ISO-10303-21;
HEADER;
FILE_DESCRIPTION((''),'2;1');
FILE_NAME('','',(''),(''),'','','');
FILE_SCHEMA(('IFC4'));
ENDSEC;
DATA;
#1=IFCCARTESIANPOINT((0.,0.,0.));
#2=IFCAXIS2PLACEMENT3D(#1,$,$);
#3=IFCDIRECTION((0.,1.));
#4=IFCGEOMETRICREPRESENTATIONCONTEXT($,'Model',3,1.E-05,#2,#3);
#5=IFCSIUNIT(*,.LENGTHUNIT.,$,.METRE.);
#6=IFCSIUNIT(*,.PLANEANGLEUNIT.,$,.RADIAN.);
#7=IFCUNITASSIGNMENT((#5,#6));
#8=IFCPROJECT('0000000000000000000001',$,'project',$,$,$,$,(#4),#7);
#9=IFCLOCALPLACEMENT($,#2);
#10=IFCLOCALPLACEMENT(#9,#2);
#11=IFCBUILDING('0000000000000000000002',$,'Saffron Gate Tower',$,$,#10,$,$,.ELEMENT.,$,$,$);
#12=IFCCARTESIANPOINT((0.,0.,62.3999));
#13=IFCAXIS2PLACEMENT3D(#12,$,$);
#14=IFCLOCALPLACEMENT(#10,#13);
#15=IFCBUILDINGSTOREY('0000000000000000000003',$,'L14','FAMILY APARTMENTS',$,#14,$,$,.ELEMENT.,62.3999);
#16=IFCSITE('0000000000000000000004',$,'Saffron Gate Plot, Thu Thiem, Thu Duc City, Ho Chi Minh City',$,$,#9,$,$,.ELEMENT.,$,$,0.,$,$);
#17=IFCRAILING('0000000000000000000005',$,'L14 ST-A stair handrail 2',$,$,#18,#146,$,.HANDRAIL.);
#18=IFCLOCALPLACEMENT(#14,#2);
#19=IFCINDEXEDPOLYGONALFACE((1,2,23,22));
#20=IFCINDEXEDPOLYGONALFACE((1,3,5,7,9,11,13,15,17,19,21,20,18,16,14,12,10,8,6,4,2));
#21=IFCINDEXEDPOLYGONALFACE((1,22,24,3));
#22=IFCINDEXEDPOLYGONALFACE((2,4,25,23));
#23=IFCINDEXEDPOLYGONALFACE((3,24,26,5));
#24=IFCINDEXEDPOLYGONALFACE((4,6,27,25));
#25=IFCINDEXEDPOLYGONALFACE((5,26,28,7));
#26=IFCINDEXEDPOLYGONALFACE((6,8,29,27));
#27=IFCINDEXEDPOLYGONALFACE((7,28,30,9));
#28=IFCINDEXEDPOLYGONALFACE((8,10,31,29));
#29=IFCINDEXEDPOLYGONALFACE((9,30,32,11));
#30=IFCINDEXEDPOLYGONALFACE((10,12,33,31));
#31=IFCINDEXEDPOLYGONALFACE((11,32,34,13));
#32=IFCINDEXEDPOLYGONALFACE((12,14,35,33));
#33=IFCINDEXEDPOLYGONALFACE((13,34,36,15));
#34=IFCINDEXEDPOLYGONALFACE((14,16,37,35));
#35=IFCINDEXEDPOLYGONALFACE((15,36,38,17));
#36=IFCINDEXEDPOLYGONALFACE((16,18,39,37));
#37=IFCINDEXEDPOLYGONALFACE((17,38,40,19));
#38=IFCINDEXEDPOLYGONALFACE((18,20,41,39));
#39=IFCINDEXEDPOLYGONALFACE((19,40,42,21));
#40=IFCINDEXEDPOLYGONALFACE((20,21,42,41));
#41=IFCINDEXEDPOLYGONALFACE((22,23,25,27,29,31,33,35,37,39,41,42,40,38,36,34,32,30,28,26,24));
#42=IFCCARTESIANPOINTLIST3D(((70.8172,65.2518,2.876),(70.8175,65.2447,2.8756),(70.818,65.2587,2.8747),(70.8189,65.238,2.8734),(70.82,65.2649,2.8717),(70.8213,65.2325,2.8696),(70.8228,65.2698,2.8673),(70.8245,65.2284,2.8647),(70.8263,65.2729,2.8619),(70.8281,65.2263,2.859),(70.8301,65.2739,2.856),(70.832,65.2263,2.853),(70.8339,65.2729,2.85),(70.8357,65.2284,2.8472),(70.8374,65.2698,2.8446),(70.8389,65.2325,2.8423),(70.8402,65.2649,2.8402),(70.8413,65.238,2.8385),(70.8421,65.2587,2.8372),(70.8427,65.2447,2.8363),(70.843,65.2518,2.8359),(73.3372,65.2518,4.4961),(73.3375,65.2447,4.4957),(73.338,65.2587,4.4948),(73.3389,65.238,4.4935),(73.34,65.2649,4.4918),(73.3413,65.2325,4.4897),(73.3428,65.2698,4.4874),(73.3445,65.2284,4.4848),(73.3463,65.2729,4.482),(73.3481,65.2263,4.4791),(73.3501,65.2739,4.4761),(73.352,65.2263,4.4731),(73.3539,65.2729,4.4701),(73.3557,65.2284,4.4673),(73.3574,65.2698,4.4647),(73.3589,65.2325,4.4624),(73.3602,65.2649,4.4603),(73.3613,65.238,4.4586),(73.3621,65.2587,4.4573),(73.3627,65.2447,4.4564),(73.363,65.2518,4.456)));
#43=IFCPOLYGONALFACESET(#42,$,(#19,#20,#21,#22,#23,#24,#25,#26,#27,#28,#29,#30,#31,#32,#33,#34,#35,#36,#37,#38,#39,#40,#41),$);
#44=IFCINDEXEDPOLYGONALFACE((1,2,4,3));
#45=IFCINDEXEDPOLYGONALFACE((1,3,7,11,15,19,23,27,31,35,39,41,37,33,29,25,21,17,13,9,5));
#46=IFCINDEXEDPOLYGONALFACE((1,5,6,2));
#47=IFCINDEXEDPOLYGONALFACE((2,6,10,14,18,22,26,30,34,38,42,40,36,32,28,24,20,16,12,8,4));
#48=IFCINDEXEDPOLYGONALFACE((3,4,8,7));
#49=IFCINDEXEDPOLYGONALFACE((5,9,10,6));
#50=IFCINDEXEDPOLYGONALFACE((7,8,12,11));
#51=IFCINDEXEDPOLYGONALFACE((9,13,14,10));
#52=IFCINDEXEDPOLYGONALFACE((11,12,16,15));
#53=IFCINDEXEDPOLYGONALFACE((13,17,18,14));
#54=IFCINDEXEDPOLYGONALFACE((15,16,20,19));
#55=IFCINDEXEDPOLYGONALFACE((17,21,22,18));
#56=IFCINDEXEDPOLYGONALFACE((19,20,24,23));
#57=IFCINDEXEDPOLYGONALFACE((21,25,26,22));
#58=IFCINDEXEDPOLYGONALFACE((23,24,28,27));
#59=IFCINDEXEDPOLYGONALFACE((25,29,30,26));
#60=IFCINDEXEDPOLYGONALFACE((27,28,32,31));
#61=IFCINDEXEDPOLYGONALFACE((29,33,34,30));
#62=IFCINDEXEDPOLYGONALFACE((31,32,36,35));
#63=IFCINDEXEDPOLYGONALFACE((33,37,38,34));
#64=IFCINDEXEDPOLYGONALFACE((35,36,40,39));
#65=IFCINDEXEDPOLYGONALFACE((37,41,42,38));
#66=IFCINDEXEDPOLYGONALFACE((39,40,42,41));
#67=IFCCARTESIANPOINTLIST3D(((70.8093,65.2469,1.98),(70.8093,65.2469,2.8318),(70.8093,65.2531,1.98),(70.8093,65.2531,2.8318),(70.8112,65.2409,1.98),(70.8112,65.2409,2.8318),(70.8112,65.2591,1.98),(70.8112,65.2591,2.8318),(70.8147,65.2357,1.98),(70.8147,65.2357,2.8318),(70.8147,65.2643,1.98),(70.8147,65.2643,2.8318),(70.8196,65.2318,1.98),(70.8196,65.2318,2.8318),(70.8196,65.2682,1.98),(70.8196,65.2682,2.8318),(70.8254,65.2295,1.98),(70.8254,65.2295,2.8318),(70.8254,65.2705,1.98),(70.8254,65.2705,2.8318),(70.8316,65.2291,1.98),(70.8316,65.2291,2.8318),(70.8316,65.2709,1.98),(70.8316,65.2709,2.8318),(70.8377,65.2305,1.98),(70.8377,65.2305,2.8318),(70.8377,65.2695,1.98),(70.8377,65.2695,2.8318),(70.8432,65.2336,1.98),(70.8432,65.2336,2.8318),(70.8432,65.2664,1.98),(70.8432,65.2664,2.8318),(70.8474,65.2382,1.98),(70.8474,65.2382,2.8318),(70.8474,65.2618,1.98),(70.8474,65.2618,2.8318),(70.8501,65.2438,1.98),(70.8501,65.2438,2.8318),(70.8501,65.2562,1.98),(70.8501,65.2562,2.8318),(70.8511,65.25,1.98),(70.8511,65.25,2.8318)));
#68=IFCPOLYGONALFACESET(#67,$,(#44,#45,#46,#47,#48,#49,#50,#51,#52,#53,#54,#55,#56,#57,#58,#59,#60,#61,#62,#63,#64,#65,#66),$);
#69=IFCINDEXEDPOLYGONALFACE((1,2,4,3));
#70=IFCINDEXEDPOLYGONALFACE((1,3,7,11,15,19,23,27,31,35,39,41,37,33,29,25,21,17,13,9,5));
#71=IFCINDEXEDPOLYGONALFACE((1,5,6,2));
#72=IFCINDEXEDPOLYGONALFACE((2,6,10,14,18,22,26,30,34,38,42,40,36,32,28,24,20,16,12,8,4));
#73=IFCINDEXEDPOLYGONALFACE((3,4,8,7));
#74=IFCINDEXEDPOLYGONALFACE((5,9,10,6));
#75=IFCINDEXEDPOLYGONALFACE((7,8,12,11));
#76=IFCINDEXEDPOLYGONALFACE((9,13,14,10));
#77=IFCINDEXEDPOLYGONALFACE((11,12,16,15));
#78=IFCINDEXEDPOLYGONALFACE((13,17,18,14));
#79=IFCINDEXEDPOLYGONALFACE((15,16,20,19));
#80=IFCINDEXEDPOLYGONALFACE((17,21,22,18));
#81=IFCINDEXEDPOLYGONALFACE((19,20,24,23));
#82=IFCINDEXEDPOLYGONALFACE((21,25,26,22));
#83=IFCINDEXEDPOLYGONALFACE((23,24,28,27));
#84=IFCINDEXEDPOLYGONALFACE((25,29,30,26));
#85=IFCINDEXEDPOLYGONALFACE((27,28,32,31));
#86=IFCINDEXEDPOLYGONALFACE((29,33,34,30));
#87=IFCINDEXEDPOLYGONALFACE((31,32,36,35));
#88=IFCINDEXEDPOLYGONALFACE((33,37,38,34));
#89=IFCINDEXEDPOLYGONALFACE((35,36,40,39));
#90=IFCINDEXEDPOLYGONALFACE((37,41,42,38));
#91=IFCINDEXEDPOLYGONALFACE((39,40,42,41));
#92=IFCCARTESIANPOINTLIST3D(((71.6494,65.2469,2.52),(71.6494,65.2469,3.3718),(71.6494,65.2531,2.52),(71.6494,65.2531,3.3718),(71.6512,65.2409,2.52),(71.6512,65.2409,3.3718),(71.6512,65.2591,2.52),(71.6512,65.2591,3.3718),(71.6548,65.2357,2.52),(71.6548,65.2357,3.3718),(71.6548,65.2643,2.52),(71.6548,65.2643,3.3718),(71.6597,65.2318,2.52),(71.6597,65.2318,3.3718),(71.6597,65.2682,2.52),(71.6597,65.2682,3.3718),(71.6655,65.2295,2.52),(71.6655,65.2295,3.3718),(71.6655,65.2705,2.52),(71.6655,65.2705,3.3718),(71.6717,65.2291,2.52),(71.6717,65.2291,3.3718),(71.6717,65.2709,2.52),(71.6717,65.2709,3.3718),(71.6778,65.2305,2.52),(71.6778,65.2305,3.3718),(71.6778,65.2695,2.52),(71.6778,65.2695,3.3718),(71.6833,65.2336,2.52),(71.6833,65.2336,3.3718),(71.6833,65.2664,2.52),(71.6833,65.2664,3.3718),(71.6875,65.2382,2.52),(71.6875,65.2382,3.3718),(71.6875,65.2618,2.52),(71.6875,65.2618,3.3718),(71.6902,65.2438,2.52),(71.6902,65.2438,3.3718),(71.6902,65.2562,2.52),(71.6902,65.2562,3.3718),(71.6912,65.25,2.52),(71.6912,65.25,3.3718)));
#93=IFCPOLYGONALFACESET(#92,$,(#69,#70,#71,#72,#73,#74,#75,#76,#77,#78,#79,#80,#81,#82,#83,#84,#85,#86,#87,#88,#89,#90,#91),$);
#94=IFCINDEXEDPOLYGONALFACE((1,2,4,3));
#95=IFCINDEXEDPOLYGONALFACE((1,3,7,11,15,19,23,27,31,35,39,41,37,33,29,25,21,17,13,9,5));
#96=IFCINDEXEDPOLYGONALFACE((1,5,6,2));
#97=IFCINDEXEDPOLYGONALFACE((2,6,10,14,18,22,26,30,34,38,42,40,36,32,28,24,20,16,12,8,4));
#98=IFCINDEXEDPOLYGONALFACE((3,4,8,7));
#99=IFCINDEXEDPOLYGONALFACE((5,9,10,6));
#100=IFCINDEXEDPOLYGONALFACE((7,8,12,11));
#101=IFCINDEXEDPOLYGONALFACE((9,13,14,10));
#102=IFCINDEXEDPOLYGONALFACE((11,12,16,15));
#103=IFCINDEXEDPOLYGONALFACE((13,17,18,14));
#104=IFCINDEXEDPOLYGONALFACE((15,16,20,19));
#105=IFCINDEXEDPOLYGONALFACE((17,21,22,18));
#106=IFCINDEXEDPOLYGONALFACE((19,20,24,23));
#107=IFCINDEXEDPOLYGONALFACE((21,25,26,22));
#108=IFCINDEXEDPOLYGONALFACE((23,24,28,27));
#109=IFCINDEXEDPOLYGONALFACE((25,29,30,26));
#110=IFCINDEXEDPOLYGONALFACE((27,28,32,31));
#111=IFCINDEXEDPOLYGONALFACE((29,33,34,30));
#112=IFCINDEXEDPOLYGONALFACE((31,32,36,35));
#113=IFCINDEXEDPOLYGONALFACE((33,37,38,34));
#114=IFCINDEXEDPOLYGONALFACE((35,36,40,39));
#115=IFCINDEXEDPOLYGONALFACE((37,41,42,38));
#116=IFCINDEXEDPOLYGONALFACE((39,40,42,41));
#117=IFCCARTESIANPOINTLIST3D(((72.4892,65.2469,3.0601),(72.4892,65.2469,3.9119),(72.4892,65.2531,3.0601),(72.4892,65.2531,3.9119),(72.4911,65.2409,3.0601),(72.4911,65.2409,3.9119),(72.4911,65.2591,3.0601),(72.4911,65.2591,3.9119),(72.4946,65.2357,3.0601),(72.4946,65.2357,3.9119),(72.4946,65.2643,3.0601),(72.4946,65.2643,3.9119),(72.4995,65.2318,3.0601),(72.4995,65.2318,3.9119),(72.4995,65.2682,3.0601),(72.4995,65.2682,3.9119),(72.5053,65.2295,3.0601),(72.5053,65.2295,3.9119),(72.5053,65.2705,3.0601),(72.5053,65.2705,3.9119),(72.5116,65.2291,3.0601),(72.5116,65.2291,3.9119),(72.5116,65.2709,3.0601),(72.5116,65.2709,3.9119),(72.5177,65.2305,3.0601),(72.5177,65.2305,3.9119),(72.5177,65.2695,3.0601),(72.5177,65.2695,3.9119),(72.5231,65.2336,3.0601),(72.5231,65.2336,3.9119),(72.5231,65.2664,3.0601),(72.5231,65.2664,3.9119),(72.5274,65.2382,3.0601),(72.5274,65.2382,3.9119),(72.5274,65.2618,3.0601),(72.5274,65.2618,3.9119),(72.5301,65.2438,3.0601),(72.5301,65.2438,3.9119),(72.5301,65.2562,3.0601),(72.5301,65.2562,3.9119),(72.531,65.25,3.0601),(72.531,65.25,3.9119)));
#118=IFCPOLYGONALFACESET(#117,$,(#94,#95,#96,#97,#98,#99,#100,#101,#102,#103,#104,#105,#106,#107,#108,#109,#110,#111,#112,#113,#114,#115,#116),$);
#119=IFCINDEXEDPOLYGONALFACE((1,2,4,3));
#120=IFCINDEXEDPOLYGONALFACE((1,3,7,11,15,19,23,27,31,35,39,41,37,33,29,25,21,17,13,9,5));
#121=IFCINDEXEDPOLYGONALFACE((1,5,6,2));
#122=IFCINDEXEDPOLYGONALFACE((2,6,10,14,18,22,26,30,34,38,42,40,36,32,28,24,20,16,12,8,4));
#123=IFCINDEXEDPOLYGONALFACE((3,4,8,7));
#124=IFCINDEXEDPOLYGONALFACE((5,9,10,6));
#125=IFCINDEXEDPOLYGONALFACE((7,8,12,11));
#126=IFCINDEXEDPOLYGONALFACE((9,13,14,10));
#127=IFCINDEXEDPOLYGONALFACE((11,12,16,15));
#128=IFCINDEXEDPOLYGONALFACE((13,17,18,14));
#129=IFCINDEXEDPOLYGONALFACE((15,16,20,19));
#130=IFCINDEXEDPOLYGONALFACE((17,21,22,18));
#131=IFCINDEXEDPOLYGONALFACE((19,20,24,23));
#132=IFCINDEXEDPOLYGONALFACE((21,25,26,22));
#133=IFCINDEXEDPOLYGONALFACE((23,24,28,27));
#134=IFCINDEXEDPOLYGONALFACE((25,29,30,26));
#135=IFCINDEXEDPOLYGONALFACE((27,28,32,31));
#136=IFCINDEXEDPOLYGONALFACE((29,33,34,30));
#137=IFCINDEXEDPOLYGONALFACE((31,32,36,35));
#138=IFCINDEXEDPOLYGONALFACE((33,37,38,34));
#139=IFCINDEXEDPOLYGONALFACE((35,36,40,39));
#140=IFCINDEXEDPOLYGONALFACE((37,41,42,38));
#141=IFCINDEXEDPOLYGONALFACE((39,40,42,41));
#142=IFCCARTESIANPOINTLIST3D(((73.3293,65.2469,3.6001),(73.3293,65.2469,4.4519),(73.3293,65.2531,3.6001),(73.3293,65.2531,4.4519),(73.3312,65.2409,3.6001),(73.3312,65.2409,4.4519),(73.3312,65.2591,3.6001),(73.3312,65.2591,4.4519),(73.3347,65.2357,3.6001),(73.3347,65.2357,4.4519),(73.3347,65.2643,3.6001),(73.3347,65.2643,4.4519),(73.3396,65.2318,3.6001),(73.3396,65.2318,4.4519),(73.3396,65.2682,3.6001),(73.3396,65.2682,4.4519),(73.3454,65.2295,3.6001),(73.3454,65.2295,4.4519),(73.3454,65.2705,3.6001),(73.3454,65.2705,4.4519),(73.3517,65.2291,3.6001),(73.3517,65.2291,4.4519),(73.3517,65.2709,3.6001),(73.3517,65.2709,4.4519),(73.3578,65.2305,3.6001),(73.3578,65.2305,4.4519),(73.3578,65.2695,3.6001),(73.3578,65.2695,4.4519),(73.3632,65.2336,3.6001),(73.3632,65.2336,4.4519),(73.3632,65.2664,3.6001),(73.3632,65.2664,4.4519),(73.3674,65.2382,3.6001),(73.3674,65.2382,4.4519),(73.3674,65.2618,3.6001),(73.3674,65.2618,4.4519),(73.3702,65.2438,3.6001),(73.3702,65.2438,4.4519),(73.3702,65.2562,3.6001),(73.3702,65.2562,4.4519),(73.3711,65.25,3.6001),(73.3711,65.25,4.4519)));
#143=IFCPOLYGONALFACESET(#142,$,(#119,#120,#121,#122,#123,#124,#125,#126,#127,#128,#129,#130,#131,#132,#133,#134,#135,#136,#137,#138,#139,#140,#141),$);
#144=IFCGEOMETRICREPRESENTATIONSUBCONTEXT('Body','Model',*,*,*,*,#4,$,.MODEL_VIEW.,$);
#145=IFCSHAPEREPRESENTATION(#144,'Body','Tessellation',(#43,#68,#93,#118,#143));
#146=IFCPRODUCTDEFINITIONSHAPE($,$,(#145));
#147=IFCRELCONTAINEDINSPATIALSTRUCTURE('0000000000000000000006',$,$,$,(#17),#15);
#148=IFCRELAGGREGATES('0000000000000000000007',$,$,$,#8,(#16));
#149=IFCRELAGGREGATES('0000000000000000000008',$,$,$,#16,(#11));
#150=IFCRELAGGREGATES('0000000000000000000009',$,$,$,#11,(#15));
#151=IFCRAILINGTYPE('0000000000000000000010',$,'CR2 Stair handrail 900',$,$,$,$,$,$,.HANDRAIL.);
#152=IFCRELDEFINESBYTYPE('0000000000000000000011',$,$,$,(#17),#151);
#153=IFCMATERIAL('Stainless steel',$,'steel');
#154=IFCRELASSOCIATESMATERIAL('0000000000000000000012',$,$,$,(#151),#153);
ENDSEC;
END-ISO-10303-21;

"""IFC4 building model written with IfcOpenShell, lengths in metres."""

from ifc_helpers import new_model, si_unit, direction, frame, origin, origin_2d, place, context, subcontext, project, spatial, circle, extrude, material, type_object, element, save


model = new_model("IFC4")

# Units and contexts
model_context = context("Model", 3, precision=1e-05, world=origin(), true_north=direction((0.0, 1.0)))
body_context = subcontext(model_context, "Body", "Model", "MODEL_VIEW")
ifc_project = project(units=[si_unit("LENGTHUNIT", "METRE"), si_unit("PLANEANGLEUNIT", "RADIAN")], contexts=[model_context])

# Site, building, storey
site_placement = place(None, origin())
site = spatial("IfcSite", under=ifc_project, at=site_placement, Name="Saffron Gate Plot, Thu Thiem, Thu Duc City, Ho Chi Minh City", CompositionType="ELEMENT", RefElevation=0.0)
building_placement = place(site_placement, origin())
building = spatial("IfcBuilding", under=site, at=building_placement, Name="Saffron Gate Tower", CompositionType="ELEMENT")
storey_placement = place(building_placement, frame((0.0, 0.0, 62.3999)))
storey = spatial("IfcBuildingStorey", under=building, at=storey_placement, Name="L14", Description="FAMILY APARTMENTS", CompositionType="ELEMENT", Elevation=62.3999)

# Railing
ifc_material_1 = material(Name="Stainless steel", Category="steel")
railing_type = type_object("IfcRailingType", Name="CR2 Stair handrail 900", PredefinedType="HANDRAIL", material=ifc_material_1)
railing_placement = place(storey_placement, frame((70.8301, 65.25, 1.98)))
element("IfcRailing", 1, at=railing_placement, inside=storey, type_object=railing_type, Name="L14 ST-A stair handrail 2", PredefinedType="HANDRAIL", context=body_context, shape_type="SweptSolid", body=[
    extrude(circle(Radius=0.0239, at=origin_2d()), frame((0.0, 0.0, 0.876), z_axis=(0.841163, 0.0, 0.540782), x_axis=(0.0, 1.0, 0.0)), (0.0, 0.0, 1.0), 2.9958),
    extrude(circle(Radius=0.021, at=origin_2d()), origin(), (0.0, 0.0, 1.0), 0.8518),
    extrude(circle(Radius=0.021, at=origin_2d()), frame((0.8401, 0.0, 0.54)), (0.0, 0.0, 1.0), 0.8518),
    extrude(circle(Radius=0.021, at=origin_2d()), frame((1.6799, 0.0, 1.0801)), (0.0, 0.0, 1.0), 0.8518),
    extrude(circle(Radius=0.021, at=origin_2d()), frame((2.52, 0.0, 1.6201)), (0.0, 0.0, 1.0), 0.8518),
])

save(model, "model.ifc")
